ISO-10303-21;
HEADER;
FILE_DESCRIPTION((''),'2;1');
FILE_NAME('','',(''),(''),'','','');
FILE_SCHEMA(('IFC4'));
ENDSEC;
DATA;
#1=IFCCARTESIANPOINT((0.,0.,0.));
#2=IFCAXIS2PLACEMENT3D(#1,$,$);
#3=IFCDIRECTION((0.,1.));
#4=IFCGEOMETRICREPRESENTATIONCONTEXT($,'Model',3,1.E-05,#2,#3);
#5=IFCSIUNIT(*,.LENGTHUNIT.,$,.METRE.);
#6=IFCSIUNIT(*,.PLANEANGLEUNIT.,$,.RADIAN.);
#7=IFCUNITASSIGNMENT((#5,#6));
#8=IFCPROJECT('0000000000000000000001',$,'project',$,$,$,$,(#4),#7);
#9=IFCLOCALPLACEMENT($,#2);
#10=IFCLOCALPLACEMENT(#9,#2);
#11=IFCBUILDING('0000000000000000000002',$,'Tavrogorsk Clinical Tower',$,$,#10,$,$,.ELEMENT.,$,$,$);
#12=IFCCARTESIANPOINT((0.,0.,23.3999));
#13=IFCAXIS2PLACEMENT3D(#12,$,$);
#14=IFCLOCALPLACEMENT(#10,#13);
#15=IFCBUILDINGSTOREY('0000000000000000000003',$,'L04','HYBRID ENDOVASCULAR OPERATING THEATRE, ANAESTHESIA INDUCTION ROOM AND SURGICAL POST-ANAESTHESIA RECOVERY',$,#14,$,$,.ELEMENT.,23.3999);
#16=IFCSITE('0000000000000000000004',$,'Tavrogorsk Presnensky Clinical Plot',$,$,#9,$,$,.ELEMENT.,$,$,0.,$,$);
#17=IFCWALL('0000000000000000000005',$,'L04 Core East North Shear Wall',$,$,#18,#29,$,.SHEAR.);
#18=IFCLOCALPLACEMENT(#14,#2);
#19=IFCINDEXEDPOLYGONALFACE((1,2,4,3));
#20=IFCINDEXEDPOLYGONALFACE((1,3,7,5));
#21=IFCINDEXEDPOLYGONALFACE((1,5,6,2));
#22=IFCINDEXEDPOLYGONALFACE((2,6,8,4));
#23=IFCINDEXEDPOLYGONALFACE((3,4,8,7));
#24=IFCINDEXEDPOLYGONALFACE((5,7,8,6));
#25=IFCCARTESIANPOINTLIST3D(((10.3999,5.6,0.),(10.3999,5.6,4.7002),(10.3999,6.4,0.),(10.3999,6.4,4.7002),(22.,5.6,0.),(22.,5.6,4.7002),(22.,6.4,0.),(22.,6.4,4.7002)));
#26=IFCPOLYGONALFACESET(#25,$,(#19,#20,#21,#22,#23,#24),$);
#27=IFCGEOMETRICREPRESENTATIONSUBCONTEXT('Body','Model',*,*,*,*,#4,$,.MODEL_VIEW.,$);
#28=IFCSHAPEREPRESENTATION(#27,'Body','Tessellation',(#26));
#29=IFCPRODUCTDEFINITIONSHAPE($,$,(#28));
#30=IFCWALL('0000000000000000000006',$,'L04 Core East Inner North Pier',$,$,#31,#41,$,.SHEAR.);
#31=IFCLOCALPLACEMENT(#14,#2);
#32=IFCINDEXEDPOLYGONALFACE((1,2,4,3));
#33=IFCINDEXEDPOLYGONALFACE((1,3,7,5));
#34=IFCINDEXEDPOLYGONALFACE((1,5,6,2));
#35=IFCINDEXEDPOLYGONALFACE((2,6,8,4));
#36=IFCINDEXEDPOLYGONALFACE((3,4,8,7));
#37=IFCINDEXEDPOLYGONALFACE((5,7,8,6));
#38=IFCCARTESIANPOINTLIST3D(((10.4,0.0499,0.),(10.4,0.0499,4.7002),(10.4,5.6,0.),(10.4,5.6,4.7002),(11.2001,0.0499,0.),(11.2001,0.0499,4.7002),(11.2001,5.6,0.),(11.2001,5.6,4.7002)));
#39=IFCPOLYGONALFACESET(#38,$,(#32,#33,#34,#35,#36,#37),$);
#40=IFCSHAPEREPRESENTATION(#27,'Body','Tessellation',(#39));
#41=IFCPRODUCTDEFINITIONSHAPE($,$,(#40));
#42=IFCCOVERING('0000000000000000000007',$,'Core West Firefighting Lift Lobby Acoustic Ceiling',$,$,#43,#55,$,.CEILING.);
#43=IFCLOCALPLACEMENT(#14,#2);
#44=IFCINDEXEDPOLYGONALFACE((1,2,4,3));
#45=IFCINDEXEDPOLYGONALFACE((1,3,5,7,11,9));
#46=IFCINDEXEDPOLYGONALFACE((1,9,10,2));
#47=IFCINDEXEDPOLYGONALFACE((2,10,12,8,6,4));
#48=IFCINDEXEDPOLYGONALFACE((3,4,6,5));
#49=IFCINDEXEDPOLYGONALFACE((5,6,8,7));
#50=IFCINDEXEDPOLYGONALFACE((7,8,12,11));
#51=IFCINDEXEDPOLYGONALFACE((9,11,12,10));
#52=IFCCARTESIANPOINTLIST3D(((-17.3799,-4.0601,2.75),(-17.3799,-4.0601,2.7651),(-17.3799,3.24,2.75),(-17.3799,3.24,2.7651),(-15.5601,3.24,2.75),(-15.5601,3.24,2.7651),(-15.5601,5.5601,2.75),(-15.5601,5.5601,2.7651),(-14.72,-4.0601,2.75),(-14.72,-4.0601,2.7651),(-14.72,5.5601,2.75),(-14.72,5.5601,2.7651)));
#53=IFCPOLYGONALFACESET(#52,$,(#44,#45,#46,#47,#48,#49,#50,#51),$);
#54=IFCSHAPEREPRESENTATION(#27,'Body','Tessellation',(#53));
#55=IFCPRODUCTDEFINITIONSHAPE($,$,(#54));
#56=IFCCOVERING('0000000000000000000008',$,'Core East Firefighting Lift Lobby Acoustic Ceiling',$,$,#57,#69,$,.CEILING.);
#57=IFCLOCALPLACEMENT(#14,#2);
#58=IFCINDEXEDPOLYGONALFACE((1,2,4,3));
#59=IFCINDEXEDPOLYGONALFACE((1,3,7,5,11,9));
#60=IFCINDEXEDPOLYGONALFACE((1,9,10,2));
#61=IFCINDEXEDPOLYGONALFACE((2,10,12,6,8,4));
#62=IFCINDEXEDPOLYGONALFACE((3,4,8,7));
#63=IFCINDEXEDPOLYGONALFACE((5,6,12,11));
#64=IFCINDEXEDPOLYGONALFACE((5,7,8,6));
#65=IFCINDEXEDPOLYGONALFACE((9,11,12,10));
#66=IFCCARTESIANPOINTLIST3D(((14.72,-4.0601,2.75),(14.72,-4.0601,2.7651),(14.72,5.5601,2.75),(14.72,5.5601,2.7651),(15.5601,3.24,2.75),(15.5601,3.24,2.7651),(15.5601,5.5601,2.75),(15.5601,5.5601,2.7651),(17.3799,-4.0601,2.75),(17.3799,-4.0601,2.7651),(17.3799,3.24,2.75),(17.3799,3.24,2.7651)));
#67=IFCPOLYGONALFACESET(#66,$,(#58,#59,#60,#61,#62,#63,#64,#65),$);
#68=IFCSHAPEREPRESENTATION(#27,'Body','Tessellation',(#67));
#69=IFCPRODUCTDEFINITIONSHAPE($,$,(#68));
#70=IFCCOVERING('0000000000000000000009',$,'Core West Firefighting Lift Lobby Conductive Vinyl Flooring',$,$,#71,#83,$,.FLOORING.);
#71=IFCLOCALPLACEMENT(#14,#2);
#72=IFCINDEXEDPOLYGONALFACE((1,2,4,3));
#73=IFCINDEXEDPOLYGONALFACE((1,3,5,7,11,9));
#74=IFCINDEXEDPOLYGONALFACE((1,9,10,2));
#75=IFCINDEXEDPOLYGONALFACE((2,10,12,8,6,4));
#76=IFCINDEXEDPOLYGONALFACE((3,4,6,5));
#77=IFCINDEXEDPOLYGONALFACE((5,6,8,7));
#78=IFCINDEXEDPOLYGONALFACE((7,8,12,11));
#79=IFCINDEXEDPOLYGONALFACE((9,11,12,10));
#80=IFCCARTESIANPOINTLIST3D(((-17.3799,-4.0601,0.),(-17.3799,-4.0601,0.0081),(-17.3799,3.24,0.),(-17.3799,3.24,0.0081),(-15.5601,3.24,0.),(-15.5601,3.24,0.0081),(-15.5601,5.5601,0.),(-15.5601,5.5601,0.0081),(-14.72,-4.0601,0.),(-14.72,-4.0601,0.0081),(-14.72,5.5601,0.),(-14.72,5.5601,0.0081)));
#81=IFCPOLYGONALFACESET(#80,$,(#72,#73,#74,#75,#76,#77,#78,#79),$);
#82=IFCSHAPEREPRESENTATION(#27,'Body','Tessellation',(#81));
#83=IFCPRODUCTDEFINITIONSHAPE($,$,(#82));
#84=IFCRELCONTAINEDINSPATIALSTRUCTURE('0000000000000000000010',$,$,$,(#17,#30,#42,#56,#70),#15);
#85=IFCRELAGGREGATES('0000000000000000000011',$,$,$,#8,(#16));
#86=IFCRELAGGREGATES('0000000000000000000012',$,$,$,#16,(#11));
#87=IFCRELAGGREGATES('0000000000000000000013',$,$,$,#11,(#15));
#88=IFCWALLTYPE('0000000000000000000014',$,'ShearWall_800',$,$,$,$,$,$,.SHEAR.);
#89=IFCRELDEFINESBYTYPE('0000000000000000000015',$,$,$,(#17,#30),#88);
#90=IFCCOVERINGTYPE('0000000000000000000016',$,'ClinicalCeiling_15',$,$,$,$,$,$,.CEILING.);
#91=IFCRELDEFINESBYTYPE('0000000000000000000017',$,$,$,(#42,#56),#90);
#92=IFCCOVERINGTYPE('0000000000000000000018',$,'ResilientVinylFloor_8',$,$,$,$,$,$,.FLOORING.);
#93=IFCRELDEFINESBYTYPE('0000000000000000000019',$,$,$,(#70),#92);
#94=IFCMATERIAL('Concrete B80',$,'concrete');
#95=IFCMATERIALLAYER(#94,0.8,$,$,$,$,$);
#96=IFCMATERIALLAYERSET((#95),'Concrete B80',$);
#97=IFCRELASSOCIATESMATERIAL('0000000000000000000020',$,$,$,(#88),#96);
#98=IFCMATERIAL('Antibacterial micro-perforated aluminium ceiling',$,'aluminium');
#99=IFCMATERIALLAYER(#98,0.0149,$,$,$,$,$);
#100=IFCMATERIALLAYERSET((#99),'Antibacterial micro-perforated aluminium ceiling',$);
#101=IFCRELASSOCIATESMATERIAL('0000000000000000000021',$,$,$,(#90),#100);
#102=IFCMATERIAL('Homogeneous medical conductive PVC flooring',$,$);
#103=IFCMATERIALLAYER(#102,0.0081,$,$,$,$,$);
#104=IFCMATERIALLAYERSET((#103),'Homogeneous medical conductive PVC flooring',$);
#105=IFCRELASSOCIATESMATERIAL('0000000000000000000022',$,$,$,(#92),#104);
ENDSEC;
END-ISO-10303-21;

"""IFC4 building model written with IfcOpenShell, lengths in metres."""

from ifc_helpers import new_model, si_unit, direction, frame, frame_2d, origin, place, context, subcontext, project, spatial, polyline, rectangle, outline, extrude, material, layer, layer_set, type_object, element, save


model = new_model("IFC4")

# Units and contexts
model_context = context("Model", 3, precision=1e-05, world=origin(), true_north=direction((0.0, 1.0)))
body_context = subcontext(model_context, "Body", "Model", "MODEL_VIEW")
ifc_project = project(units=[si_unit("LENGTHUNIT", "METRE"), si_unit("PLANEANGLEUNIT", "RADIAN")], contexts=[model_context])

# Site, building, storey
site_placement = place(None, origin())
site = spatial("IfcSite", under=ifc_project, at=site_placement, Name="Tavrogorsk Presnensky Clinical Plot", CompositionType="ELEMENT", RefElevation=0.0)
building_placement = place(site_placement, origin())
building = spatial("IfcBuilding", under=site, at=building_placement, Name="Tavrogorsk Clinical Tower", CompositionType="ELEMENT")
storey_placement = place(building_placement, frame((0.0, 0.0, 23.3999)))
storey = spatial("IfcBuildingStorey", under=building, at=storey_placement, Name="L04", Description="HYBRID ENDOVASCULAR OPERATING THEATRE, ANAESTHESIA INDUCTION ROOM AND SURGICAL POST-ANAESTHESIA RECOVERY", CompositionType="ELEMENT", Elevation=23.3999)

# Walls
ifc_material_1 = material(Name="Concrete B80", Category="concrete")
ifc_layer_1 = layer(ifc_material_1, 0.8)
ifc_layer_set_1 = layer_set([ifc_layer_1], Name="Concrete B80")
wall_type_1 = type_object("IfcWallType", Name="ShearWall_800", PredefinedType="SHEAR", material=ifc_layer_set_1)
wall_1_placement = place(storey_placement, frame((10.3999, 6.0, 0.0), z_axis=(0.0, 0.0, 1.0), x_axis=(1.0, 0.0, 0.0)))
element("IfcWall", 1, at=wall_1_placement, inside=storey, type_object=wall_type_1, Name="L04 Core East North Shear Wall", PredefinedType="SHEAR", context=body_context, shape_type="SweptSolid", body=[
    extrude(rectangle(XDim=11.6001, YDim=0.8, at=frame_2d((5.8, 0.0))), origin(), (0.0, 0.0, 1.0), 4.7002),
])
wall_2_placement = place(storey_placement, frame((10.8, 0.05, 0.0), z_axis=(0.0, 0.0, 1.0), x_axis=(0.0, 1.0, 0.0)))
element("IfcWall", 2, at=wall_2_placement, inside=storey, type_object=wall_type_1, Name="L04 Core East Inner North Pier", PredefinedType="SHEAR", context=body_context, shape_type="SweptSolid", body=[
    extrude(rectangle(XDim=5.55, YDim=0.8, at=frame_2d((2.7749, 0.0))), origin(), (0.0, 0.0, 1.0), 4.7002),
])

# Coverings
ifc_material_2 = material(Name="Antibacterial micro-perforated aluminium ceiling", Category="aluminium")
ifc_layer_2 = layer(ifc_material_2, 0.0149)
ifc_layer_set_2 = layer_set([ifc_layer_2], Name="Antibacterial micro-perforated aluminium ceiling")
covering_type_1 = type_object("IfcCoveringType", Name="ClinicalCeiling_15", PredefinedType="CEILING", material=ifc_layer_set_2)
covering_1_placement = place(storey_placement, frame((0.0, 0.0, 2.75)))
element("IfcCovering", 3, at=covering_1_placement, inside=storey, type_object=covering_type_1, Name="Core West Firefighting Lift Lobby Acoustic Ceiling", PredefinedType="CEILING", context=body_context, shape_type="SweptSolid", body=[
    extrude(outline(polyline([(-14.72, 5.5601), (-14.72, -4.0601), (-17.3799, -4.0601), (-17.3799, 3.24), (-15.5601, 3.24), (-15.5601, 5.5601), (-14.72, 5.5601)])), origin(), (0.0, 0.0, 1.0), 0.0151),
])
covering_2_placement = place(storey_placement, frame((0.0, 0.0, 2.75)))
element("IfcCovering", 4, at=covering_2_placement, inside=storey, type_object=covering_type_1, Name="Core East Firefighting Lift Lobby Acoustic Ceiling", PredefinedType="CEILING", context=body_context, shape_type="SweptSolid", body=[
    extrude(outline(polyline([(17.3799, -4.0601), (14.72, -4.0601), (14.72, 5.5601), (15.5601, 5.5601), (15.5601, 3.24), (17.3799, 3.24), (17.3799, -4.0601)])), origin(), (0.0, 0.0, 1.0), 0.0151),
])
ifc_material_3 = material(Name="Homogeneous medical conductive PVC flooring")
ifc_layer_3 = layer(ifc_material_3, 0.0081)
ifc_layer_set_3 = layer_set([ifc_layer_3], Name="Homogeneous medical conductive PVC flooring")
covering_type_2 = type_object("IfcCoveringType", Name="ResilientVinylFloor_8", PredefinedType="FLOORING", material=ifc_layer_set_3)
covering_3_placement = place(storey_placement, origin())
element("IfcCovering", 5, at=covering_3_placement, inside=storey, type_object=covering_type_2, Name="Core West Firefighting Lift Lobby Conductive Vinyl Flooring", PredefinedType="FLOORING", context=body_context, shape_type="SweptSolid", body=[
    extrude(outline(polyline([(-14.72, 5.5601), (-14.72, -4.0601), (-17.3799, -4.0601), (-17.3799, 3.24), (-15.5601, 3.24), (-15.5601, 5.5601), (-14.72, 5.5601)])), origin(), (0.0, 0.0, 1.0), 0.0081),
])

save(model, "model.ifc")
